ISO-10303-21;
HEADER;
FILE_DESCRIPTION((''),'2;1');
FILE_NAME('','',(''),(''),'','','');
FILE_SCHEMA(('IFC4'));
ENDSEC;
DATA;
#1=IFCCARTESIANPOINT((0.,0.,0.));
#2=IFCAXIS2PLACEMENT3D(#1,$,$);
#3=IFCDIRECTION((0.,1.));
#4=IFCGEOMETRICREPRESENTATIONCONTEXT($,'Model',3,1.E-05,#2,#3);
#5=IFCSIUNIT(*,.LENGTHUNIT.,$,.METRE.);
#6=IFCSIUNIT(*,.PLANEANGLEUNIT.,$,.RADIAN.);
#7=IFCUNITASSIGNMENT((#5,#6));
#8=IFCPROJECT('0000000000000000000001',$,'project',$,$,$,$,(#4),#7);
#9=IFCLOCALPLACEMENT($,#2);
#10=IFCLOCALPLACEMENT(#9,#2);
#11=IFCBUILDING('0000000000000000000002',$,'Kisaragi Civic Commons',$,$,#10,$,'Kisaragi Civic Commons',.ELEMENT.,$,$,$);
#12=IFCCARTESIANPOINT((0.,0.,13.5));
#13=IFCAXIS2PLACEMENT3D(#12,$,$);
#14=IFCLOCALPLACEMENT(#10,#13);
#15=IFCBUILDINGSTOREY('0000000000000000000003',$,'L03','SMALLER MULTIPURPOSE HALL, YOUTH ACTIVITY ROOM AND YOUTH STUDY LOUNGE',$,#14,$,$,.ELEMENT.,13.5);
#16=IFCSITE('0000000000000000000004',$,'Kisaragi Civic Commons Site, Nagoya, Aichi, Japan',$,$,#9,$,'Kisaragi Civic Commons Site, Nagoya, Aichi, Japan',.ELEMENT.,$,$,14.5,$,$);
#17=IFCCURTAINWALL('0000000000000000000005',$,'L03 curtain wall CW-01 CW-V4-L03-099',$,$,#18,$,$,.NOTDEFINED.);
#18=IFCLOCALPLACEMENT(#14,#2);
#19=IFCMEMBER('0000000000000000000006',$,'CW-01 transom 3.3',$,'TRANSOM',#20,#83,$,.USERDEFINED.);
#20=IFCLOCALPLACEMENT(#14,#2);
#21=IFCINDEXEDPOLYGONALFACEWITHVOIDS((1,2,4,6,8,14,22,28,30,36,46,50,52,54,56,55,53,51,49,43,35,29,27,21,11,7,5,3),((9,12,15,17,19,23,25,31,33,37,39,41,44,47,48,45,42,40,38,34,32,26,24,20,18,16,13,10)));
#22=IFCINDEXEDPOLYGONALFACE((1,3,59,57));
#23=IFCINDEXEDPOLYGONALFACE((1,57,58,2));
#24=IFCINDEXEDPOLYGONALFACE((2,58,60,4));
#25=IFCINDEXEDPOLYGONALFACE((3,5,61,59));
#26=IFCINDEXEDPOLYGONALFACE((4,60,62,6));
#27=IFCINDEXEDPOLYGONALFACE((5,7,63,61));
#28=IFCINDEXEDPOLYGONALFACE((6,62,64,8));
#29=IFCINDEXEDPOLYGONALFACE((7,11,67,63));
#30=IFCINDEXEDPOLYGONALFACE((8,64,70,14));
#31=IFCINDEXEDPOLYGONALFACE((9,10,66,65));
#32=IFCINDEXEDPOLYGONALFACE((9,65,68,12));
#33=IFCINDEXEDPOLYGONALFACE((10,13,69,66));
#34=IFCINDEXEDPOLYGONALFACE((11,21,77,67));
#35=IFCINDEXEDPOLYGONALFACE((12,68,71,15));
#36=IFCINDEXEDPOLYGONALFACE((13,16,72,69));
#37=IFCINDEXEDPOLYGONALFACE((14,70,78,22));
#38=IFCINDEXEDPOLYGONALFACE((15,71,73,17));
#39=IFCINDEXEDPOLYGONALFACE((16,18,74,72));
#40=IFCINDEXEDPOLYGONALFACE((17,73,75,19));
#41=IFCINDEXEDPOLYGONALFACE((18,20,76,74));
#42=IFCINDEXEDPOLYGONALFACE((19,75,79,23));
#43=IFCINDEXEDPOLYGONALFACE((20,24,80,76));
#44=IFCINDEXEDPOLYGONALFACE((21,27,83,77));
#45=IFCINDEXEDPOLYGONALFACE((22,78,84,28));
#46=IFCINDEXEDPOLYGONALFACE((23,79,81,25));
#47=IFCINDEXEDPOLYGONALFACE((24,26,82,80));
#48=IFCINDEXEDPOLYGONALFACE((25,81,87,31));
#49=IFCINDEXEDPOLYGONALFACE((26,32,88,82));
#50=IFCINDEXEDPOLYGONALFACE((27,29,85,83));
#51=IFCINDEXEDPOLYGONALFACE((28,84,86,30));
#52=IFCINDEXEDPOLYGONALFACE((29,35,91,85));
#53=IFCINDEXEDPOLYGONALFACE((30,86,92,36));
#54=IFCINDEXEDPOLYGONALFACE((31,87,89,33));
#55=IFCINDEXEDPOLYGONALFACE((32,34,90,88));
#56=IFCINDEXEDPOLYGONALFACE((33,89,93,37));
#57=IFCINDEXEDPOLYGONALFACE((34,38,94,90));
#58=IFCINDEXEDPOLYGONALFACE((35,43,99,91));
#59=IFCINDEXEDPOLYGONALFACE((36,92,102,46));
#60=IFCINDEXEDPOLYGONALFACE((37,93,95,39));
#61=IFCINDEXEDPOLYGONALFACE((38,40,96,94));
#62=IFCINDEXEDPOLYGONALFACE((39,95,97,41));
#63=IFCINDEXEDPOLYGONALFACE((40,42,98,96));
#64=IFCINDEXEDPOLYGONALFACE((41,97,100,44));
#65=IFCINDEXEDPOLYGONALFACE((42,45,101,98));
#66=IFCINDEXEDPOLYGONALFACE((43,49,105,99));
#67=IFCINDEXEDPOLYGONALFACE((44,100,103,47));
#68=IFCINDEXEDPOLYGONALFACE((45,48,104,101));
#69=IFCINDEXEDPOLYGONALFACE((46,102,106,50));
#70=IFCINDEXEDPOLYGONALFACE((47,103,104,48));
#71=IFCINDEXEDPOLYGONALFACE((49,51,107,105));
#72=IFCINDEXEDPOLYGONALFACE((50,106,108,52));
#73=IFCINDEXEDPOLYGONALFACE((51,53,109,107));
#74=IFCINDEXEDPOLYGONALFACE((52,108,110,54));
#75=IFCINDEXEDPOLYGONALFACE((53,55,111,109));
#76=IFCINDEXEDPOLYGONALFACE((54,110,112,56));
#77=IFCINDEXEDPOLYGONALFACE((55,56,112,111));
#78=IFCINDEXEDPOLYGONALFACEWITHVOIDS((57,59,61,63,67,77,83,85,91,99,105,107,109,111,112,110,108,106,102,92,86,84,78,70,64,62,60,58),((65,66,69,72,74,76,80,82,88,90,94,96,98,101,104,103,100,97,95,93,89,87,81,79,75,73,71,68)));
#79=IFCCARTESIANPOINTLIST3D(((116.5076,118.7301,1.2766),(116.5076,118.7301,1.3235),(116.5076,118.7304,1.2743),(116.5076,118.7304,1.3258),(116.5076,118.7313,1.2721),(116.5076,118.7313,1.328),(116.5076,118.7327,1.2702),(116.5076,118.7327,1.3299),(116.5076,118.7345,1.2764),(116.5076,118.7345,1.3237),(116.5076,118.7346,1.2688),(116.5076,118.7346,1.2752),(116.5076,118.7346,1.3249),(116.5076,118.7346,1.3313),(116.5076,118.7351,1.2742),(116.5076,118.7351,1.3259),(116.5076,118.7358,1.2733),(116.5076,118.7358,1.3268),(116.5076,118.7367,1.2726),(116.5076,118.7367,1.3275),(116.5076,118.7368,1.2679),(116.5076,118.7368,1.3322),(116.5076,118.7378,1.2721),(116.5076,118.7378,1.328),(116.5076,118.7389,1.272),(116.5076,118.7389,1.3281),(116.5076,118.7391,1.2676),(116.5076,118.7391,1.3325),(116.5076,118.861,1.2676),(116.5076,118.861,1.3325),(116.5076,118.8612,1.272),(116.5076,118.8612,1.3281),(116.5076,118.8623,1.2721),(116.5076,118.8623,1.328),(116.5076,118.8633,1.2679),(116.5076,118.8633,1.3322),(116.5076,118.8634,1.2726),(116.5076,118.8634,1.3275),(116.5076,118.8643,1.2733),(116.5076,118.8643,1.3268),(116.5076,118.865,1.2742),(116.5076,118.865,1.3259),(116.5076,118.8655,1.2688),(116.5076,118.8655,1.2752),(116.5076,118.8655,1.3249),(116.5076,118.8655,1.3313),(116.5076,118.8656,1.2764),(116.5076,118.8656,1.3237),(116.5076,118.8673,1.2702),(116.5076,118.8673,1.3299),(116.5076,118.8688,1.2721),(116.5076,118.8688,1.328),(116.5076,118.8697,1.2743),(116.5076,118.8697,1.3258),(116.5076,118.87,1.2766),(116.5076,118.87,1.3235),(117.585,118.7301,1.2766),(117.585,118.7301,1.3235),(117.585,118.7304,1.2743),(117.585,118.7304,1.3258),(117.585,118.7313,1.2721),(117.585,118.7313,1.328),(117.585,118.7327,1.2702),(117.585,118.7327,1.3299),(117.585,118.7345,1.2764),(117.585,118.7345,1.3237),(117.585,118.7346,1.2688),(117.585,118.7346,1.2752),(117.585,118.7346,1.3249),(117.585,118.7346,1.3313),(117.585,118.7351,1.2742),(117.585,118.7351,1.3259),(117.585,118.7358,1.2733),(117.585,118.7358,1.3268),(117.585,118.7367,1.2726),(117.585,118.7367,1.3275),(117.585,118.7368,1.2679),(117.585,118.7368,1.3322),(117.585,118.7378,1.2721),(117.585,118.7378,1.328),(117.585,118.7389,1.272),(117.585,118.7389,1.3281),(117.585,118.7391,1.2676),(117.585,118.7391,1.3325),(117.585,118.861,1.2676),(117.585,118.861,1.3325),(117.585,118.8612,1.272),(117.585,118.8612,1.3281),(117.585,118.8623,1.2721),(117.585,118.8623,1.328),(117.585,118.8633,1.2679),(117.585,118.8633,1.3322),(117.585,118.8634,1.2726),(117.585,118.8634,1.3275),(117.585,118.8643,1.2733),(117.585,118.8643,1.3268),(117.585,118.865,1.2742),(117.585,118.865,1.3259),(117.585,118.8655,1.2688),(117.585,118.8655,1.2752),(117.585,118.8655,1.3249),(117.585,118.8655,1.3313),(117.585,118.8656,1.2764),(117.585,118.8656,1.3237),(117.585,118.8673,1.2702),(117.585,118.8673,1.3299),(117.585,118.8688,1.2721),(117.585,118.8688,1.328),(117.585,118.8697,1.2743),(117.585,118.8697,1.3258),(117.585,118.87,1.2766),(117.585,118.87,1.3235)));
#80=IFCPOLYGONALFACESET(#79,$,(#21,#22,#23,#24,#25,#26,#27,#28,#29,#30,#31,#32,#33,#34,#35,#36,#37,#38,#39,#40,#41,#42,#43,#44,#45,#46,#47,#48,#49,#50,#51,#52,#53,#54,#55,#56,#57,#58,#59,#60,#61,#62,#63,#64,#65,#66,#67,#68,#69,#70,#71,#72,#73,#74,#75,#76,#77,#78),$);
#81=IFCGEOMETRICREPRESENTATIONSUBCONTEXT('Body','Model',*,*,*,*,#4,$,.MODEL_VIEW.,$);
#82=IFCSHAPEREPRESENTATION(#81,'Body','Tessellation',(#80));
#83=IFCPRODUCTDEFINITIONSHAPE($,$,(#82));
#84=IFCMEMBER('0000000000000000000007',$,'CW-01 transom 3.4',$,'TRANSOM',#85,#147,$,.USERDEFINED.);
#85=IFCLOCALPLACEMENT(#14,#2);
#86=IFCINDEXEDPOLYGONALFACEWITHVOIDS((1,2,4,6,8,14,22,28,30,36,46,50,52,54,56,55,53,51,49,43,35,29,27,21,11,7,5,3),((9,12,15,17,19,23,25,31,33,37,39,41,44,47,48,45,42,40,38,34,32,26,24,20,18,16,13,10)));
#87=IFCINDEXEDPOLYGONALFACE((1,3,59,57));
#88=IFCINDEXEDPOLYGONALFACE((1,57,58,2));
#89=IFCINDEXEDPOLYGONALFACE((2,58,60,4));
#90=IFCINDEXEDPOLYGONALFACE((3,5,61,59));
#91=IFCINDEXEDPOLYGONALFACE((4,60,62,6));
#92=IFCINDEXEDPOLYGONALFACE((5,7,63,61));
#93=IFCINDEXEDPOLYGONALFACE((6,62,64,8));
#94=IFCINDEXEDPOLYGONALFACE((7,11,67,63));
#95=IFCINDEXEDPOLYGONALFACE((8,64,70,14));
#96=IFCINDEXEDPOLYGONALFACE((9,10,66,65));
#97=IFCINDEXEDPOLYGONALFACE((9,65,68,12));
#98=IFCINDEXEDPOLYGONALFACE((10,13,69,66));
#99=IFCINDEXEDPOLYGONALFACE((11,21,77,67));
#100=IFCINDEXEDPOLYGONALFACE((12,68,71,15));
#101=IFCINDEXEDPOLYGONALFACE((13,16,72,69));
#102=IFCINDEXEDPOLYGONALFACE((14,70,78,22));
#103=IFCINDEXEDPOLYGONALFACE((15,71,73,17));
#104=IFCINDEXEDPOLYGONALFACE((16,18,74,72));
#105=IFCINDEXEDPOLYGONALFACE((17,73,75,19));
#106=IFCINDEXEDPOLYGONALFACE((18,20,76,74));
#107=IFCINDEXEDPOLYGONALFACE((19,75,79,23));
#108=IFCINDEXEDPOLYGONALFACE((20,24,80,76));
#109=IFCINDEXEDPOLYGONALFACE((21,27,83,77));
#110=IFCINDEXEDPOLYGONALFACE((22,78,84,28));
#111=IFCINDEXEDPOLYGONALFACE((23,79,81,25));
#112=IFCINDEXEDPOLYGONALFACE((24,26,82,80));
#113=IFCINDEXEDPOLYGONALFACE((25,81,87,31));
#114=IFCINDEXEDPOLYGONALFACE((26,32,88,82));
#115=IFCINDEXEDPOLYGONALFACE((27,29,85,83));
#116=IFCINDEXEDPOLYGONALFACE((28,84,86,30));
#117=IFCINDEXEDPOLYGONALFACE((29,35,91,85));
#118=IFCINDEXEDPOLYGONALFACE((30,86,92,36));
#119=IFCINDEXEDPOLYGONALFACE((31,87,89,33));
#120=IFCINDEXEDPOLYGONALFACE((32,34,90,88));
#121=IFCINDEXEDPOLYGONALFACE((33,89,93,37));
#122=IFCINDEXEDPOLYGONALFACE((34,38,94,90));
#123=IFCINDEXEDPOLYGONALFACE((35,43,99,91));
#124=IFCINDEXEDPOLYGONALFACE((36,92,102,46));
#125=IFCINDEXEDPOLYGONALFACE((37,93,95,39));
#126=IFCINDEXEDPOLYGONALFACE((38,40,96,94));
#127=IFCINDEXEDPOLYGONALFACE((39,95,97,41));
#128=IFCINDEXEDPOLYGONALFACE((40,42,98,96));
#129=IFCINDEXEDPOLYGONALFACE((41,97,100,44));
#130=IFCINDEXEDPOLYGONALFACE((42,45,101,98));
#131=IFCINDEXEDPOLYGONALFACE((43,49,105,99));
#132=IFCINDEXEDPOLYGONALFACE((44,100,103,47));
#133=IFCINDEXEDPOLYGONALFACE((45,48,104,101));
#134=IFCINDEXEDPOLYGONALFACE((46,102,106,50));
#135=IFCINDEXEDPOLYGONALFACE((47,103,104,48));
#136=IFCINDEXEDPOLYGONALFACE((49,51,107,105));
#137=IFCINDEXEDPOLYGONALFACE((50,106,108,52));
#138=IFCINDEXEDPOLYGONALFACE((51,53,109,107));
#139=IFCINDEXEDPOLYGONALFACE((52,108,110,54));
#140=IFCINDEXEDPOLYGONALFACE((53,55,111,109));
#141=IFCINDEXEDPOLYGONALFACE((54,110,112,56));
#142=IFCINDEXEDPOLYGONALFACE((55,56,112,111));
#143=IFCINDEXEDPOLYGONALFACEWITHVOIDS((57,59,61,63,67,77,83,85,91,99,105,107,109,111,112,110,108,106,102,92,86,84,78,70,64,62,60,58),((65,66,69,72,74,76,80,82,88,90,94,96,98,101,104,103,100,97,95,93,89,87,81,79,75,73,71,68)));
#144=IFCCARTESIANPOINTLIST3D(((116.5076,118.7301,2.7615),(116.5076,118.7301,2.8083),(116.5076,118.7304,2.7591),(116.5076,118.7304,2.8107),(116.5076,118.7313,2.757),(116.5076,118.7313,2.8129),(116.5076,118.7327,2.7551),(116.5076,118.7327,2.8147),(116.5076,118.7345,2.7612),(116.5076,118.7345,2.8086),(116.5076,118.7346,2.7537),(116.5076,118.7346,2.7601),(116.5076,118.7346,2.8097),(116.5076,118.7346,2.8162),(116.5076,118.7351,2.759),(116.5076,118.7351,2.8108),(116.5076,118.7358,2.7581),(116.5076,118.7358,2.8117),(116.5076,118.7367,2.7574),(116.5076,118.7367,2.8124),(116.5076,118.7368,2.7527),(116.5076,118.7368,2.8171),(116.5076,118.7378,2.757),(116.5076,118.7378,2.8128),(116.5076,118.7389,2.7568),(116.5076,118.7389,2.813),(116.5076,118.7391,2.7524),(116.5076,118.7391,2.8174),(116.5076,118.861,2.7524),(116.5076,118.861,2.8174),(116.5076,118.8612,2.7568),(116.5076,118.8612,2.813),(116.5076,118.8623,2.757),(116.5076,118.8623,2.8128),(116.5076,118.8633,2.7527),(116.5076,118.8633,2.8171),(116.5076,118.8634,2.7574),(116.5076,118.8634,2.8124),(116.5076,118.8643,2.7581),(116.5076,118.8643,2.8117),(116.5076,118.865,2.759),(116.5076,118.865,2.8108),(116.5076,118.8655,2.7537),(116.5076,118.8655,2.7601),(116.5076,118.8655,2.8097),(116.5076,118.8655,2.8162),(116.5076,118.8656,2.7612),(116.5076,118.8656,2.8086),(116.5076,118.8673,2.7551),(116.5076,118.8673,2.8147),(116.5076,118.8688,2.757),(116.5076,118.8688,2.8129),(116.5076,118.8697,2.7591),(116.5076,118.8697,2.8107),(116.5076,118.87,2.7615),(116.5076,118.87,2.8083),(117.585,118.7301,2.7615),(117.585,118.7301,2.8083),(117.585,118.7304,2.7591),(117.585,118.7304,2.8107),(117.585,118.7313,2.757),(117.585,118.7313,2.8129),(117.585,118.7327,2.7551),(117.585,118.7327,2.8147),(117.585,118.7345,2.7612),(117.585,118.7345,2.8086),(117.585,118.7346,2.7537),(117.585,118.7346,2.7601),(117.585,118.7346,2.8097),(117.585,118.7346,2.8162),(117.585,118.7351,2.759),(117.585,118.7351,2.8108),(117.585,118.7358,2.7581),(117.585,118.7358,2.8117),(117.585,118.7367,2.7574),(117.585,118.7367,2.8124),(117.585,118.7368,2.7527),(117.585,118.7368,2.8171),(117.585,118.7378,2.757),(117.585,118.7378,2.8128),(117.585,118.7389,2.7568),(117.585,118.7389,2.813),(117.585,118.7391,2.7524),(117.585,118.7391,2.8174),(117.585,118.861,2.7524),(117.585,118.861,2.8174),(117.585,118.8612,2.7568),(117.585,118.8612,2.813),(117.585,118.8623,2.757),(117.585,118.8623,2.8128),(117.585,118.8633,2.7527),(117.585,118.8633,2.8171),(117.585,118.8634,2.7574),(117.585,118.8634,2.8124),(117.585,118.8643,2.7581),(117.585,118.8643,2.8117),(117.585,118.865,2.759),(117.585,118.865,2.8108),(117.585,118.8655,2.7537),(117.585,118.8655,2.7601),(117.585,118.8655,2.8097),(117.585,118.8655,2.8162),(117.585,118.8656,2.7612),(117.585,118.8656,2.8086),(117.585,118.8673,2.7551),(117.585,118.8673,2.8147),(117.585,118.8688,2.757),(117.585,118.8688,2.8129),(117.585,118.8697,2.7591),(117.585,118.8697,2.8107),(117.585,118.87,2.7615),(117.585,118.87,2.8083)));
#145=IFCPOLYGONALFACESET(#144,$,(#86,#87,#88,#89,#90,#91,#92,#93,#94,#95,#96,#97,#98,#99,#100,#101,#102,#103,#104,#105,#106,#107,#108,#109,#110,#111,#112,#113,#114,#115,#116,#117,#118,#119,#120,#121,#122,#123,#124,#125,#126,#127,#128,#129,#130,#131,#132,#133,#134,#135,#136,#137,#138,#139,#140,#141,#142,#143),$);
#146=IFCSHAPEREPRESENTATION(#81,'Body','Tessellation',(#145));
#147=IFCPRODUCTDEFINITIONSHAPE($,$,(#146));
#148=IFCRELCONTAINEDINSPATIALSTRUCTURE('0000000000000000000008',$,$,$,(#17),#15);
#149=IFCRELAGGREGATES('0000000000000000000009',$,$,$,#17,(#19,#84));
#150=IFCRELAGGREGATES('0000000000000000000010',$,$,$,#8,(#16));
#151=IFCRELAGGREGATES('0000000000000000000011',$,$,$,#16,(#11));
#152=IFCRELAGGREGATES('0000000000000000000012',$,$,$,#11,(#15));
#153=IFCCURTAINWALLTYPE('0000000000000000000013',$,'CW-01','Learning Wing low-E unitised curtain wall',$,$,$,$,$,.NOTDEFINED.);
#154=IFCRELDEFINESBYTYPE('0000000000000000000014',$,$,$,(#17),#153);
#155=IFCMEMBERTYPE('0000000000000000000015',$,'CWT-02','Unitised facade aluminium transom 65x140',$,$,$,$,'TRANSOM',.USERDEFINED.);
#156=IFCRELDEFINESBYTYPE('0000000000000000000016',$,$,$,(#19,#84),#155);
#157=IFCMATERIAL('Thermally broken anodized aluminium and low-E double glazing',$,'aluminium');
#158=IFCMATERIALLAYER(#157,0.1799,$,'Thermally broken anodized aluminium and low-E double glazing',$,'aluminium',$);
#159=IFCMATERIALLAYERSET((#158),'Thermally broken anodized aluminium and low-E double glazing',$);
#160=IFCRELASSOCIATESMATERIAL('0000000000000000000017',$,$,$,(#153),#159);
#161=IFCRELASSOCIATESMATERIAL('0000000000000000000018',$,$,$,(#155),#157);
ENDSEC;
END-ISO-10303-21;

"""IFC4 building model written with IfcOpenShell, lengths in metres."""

from ifc_helpers import new_model, si_unit, direction, frame, origin, origin_2d, place, context, subcontext, project, spatial, hollow_rectangle, extrude, material, layer, layer_set, material_profile, profile_set, type_object, element, aggregate, save


model = new_model("IFC4")

# Units and contexts
model_context = context("Model", 3, precision=1e-05, world=origin(), true_north=direction((0.0, 1.0)))
body_context = subcontext(model_context, "Body", "Model", "MODEL_VIEW")
ifc_project = project(units=[si_unit("LENGTHUNIT", "METRE"), si_unit("PLANEANGLEUNIT", "RADIAN")], contexts=[model_context])

# Site, building, storey
site_placement = place(None, origin())
site = spatial("IfcSite", under=ifc_project, at=site_placement, Name="Kisaragi Civic Commons Site, Nagoya, Aichi, Japan", LongName="Kisaragi Civic Commons Site, Nagoya, Aichi, Japan", CompositionType="ELEMENT", RefElevation=14.5)
building_placement = place(site_placement, origin())
building = spatial("IfcBuilding", under=site, at=building_placement, Name="Kisaragi Civic Commons", LongName="Kisaragi Civic Commons", CompositionType="ELEMENT")
storey_placement = place(building_placement, frame((0.0, 0.0, 13.5)))
storey = spatial("IfcBuildingStorey", under=building, at=storey_placement, Name="L03", Description="SMALLER MULTIPURPOSE HALL, YOUTH ACTIVITY ROOM AND YOUTH STUDY LOUNGE", CompositionType="ELEMENT", Elevation=13.5)

# Curtain wall
ifc_material = material(Name="Thermally broken anodized aluminium and low-E double glazing", Category="aluminium")
ifc_layer_1 = layer(ifc_material, 0.1799, Name="Thermally broken anodized aluminium and low-E double glazing", Category="aluminium")
ifc_layer_set_1 = layer_set([ifc_layer_1], Name="Thermally broken anodized aluminium and low-E double glazing")
curtain_wall_type = type_object("IfcCurtainWallType", Name="CW-01", Description="Learning Wing low-E unitised curtain wall", PredefinedType="NOTDEFINED", material=ifc_layer_set_1)
curtain_wall_1_placement = place(storey_placement, origin())
curtain_wall_1 = element("IfcCurtainWall", 1, at=curtain_wall_1_placement, inside=storey, type_object=curtain_wall_type, Name="L03 curtain wall CW-01 CW-V4-L03-099", PredefinedType="NOTDEFINED")

# Members
ifc_material_profile_1 = material_profile(ifc_material, hollow_rectangle(XDim=0.1399, YDim=0.0649, WallThickness=0.0044, InnerFilletRadius=0.0044, OuterFilletRadius=0.009, at=origin_2d()), Name="CWT-65x140x4.5", Category="aluminium")
ifc_profile_set_1 = profile_set([ifc_material_profile_1], Name="Thermally broken anodized aluminium and low-E double glazing")
member_type_1 = type_object("IfcMemberType", Name="CWT-02", Description="Unitised facade aluminium transom 65x140", ElementType="TRANSOM", PredefinedType="USERDEFINED", material=ifc_profile_set_1)
member_1_placement = place(storey_placement, frame((116.5076, 118.8, 1.3), z_axis=(1.0, 0.0, 0.0), x_axis=(0.0, 1.0, 0.0)))
member_1 = element("IfcMember", 2, at=member_1_placement, type_object=member_type_1, Name="CW-01 transom 3.3", ObjectType="TRANSOM", PredefinedType="USERDEFINED", context=body_context, shape_type="SweptSolid", body=[
    extrude(hollow_rectangle(XDim=0.1399, YDim=0.0649, WallThickness=0.0044, InnerFilletRadius=0.0044, OuterFilletRadius=0.009, at=origin_2d()), origin(), (0.0, 0.0, 1.0), 1.0774),
])
member_2_placement = place(storey_placement, frame((116.5076, 118.8, 2.7849), z_axis=(1.0, 0.0, 0.0), x_axis=(0.0, 1.0, 0.0)))
member_2 = element("IfcMember", 3, at=member_2_placement, type_object=member_type_1, Name="CW-01 transom 3.4", ObjectType="TRANSOM", PredefinedType="USERDEFINED", context=body_context, shape_type="SweptSolid", body=[
    extrude(hollow_rectangle(XDim=0.1399, YDim=0.0649, WallThickness=0.0044, InnerFilletRadius=0.0044, OuterFilletRadius=0.009, at=origin_2d()), origin(), (0.0, 0.0, 1.0), 1.0774),
])

aggregate(curtain_wall_1, [member_1, member_2])

save(model, "model.ifc")
